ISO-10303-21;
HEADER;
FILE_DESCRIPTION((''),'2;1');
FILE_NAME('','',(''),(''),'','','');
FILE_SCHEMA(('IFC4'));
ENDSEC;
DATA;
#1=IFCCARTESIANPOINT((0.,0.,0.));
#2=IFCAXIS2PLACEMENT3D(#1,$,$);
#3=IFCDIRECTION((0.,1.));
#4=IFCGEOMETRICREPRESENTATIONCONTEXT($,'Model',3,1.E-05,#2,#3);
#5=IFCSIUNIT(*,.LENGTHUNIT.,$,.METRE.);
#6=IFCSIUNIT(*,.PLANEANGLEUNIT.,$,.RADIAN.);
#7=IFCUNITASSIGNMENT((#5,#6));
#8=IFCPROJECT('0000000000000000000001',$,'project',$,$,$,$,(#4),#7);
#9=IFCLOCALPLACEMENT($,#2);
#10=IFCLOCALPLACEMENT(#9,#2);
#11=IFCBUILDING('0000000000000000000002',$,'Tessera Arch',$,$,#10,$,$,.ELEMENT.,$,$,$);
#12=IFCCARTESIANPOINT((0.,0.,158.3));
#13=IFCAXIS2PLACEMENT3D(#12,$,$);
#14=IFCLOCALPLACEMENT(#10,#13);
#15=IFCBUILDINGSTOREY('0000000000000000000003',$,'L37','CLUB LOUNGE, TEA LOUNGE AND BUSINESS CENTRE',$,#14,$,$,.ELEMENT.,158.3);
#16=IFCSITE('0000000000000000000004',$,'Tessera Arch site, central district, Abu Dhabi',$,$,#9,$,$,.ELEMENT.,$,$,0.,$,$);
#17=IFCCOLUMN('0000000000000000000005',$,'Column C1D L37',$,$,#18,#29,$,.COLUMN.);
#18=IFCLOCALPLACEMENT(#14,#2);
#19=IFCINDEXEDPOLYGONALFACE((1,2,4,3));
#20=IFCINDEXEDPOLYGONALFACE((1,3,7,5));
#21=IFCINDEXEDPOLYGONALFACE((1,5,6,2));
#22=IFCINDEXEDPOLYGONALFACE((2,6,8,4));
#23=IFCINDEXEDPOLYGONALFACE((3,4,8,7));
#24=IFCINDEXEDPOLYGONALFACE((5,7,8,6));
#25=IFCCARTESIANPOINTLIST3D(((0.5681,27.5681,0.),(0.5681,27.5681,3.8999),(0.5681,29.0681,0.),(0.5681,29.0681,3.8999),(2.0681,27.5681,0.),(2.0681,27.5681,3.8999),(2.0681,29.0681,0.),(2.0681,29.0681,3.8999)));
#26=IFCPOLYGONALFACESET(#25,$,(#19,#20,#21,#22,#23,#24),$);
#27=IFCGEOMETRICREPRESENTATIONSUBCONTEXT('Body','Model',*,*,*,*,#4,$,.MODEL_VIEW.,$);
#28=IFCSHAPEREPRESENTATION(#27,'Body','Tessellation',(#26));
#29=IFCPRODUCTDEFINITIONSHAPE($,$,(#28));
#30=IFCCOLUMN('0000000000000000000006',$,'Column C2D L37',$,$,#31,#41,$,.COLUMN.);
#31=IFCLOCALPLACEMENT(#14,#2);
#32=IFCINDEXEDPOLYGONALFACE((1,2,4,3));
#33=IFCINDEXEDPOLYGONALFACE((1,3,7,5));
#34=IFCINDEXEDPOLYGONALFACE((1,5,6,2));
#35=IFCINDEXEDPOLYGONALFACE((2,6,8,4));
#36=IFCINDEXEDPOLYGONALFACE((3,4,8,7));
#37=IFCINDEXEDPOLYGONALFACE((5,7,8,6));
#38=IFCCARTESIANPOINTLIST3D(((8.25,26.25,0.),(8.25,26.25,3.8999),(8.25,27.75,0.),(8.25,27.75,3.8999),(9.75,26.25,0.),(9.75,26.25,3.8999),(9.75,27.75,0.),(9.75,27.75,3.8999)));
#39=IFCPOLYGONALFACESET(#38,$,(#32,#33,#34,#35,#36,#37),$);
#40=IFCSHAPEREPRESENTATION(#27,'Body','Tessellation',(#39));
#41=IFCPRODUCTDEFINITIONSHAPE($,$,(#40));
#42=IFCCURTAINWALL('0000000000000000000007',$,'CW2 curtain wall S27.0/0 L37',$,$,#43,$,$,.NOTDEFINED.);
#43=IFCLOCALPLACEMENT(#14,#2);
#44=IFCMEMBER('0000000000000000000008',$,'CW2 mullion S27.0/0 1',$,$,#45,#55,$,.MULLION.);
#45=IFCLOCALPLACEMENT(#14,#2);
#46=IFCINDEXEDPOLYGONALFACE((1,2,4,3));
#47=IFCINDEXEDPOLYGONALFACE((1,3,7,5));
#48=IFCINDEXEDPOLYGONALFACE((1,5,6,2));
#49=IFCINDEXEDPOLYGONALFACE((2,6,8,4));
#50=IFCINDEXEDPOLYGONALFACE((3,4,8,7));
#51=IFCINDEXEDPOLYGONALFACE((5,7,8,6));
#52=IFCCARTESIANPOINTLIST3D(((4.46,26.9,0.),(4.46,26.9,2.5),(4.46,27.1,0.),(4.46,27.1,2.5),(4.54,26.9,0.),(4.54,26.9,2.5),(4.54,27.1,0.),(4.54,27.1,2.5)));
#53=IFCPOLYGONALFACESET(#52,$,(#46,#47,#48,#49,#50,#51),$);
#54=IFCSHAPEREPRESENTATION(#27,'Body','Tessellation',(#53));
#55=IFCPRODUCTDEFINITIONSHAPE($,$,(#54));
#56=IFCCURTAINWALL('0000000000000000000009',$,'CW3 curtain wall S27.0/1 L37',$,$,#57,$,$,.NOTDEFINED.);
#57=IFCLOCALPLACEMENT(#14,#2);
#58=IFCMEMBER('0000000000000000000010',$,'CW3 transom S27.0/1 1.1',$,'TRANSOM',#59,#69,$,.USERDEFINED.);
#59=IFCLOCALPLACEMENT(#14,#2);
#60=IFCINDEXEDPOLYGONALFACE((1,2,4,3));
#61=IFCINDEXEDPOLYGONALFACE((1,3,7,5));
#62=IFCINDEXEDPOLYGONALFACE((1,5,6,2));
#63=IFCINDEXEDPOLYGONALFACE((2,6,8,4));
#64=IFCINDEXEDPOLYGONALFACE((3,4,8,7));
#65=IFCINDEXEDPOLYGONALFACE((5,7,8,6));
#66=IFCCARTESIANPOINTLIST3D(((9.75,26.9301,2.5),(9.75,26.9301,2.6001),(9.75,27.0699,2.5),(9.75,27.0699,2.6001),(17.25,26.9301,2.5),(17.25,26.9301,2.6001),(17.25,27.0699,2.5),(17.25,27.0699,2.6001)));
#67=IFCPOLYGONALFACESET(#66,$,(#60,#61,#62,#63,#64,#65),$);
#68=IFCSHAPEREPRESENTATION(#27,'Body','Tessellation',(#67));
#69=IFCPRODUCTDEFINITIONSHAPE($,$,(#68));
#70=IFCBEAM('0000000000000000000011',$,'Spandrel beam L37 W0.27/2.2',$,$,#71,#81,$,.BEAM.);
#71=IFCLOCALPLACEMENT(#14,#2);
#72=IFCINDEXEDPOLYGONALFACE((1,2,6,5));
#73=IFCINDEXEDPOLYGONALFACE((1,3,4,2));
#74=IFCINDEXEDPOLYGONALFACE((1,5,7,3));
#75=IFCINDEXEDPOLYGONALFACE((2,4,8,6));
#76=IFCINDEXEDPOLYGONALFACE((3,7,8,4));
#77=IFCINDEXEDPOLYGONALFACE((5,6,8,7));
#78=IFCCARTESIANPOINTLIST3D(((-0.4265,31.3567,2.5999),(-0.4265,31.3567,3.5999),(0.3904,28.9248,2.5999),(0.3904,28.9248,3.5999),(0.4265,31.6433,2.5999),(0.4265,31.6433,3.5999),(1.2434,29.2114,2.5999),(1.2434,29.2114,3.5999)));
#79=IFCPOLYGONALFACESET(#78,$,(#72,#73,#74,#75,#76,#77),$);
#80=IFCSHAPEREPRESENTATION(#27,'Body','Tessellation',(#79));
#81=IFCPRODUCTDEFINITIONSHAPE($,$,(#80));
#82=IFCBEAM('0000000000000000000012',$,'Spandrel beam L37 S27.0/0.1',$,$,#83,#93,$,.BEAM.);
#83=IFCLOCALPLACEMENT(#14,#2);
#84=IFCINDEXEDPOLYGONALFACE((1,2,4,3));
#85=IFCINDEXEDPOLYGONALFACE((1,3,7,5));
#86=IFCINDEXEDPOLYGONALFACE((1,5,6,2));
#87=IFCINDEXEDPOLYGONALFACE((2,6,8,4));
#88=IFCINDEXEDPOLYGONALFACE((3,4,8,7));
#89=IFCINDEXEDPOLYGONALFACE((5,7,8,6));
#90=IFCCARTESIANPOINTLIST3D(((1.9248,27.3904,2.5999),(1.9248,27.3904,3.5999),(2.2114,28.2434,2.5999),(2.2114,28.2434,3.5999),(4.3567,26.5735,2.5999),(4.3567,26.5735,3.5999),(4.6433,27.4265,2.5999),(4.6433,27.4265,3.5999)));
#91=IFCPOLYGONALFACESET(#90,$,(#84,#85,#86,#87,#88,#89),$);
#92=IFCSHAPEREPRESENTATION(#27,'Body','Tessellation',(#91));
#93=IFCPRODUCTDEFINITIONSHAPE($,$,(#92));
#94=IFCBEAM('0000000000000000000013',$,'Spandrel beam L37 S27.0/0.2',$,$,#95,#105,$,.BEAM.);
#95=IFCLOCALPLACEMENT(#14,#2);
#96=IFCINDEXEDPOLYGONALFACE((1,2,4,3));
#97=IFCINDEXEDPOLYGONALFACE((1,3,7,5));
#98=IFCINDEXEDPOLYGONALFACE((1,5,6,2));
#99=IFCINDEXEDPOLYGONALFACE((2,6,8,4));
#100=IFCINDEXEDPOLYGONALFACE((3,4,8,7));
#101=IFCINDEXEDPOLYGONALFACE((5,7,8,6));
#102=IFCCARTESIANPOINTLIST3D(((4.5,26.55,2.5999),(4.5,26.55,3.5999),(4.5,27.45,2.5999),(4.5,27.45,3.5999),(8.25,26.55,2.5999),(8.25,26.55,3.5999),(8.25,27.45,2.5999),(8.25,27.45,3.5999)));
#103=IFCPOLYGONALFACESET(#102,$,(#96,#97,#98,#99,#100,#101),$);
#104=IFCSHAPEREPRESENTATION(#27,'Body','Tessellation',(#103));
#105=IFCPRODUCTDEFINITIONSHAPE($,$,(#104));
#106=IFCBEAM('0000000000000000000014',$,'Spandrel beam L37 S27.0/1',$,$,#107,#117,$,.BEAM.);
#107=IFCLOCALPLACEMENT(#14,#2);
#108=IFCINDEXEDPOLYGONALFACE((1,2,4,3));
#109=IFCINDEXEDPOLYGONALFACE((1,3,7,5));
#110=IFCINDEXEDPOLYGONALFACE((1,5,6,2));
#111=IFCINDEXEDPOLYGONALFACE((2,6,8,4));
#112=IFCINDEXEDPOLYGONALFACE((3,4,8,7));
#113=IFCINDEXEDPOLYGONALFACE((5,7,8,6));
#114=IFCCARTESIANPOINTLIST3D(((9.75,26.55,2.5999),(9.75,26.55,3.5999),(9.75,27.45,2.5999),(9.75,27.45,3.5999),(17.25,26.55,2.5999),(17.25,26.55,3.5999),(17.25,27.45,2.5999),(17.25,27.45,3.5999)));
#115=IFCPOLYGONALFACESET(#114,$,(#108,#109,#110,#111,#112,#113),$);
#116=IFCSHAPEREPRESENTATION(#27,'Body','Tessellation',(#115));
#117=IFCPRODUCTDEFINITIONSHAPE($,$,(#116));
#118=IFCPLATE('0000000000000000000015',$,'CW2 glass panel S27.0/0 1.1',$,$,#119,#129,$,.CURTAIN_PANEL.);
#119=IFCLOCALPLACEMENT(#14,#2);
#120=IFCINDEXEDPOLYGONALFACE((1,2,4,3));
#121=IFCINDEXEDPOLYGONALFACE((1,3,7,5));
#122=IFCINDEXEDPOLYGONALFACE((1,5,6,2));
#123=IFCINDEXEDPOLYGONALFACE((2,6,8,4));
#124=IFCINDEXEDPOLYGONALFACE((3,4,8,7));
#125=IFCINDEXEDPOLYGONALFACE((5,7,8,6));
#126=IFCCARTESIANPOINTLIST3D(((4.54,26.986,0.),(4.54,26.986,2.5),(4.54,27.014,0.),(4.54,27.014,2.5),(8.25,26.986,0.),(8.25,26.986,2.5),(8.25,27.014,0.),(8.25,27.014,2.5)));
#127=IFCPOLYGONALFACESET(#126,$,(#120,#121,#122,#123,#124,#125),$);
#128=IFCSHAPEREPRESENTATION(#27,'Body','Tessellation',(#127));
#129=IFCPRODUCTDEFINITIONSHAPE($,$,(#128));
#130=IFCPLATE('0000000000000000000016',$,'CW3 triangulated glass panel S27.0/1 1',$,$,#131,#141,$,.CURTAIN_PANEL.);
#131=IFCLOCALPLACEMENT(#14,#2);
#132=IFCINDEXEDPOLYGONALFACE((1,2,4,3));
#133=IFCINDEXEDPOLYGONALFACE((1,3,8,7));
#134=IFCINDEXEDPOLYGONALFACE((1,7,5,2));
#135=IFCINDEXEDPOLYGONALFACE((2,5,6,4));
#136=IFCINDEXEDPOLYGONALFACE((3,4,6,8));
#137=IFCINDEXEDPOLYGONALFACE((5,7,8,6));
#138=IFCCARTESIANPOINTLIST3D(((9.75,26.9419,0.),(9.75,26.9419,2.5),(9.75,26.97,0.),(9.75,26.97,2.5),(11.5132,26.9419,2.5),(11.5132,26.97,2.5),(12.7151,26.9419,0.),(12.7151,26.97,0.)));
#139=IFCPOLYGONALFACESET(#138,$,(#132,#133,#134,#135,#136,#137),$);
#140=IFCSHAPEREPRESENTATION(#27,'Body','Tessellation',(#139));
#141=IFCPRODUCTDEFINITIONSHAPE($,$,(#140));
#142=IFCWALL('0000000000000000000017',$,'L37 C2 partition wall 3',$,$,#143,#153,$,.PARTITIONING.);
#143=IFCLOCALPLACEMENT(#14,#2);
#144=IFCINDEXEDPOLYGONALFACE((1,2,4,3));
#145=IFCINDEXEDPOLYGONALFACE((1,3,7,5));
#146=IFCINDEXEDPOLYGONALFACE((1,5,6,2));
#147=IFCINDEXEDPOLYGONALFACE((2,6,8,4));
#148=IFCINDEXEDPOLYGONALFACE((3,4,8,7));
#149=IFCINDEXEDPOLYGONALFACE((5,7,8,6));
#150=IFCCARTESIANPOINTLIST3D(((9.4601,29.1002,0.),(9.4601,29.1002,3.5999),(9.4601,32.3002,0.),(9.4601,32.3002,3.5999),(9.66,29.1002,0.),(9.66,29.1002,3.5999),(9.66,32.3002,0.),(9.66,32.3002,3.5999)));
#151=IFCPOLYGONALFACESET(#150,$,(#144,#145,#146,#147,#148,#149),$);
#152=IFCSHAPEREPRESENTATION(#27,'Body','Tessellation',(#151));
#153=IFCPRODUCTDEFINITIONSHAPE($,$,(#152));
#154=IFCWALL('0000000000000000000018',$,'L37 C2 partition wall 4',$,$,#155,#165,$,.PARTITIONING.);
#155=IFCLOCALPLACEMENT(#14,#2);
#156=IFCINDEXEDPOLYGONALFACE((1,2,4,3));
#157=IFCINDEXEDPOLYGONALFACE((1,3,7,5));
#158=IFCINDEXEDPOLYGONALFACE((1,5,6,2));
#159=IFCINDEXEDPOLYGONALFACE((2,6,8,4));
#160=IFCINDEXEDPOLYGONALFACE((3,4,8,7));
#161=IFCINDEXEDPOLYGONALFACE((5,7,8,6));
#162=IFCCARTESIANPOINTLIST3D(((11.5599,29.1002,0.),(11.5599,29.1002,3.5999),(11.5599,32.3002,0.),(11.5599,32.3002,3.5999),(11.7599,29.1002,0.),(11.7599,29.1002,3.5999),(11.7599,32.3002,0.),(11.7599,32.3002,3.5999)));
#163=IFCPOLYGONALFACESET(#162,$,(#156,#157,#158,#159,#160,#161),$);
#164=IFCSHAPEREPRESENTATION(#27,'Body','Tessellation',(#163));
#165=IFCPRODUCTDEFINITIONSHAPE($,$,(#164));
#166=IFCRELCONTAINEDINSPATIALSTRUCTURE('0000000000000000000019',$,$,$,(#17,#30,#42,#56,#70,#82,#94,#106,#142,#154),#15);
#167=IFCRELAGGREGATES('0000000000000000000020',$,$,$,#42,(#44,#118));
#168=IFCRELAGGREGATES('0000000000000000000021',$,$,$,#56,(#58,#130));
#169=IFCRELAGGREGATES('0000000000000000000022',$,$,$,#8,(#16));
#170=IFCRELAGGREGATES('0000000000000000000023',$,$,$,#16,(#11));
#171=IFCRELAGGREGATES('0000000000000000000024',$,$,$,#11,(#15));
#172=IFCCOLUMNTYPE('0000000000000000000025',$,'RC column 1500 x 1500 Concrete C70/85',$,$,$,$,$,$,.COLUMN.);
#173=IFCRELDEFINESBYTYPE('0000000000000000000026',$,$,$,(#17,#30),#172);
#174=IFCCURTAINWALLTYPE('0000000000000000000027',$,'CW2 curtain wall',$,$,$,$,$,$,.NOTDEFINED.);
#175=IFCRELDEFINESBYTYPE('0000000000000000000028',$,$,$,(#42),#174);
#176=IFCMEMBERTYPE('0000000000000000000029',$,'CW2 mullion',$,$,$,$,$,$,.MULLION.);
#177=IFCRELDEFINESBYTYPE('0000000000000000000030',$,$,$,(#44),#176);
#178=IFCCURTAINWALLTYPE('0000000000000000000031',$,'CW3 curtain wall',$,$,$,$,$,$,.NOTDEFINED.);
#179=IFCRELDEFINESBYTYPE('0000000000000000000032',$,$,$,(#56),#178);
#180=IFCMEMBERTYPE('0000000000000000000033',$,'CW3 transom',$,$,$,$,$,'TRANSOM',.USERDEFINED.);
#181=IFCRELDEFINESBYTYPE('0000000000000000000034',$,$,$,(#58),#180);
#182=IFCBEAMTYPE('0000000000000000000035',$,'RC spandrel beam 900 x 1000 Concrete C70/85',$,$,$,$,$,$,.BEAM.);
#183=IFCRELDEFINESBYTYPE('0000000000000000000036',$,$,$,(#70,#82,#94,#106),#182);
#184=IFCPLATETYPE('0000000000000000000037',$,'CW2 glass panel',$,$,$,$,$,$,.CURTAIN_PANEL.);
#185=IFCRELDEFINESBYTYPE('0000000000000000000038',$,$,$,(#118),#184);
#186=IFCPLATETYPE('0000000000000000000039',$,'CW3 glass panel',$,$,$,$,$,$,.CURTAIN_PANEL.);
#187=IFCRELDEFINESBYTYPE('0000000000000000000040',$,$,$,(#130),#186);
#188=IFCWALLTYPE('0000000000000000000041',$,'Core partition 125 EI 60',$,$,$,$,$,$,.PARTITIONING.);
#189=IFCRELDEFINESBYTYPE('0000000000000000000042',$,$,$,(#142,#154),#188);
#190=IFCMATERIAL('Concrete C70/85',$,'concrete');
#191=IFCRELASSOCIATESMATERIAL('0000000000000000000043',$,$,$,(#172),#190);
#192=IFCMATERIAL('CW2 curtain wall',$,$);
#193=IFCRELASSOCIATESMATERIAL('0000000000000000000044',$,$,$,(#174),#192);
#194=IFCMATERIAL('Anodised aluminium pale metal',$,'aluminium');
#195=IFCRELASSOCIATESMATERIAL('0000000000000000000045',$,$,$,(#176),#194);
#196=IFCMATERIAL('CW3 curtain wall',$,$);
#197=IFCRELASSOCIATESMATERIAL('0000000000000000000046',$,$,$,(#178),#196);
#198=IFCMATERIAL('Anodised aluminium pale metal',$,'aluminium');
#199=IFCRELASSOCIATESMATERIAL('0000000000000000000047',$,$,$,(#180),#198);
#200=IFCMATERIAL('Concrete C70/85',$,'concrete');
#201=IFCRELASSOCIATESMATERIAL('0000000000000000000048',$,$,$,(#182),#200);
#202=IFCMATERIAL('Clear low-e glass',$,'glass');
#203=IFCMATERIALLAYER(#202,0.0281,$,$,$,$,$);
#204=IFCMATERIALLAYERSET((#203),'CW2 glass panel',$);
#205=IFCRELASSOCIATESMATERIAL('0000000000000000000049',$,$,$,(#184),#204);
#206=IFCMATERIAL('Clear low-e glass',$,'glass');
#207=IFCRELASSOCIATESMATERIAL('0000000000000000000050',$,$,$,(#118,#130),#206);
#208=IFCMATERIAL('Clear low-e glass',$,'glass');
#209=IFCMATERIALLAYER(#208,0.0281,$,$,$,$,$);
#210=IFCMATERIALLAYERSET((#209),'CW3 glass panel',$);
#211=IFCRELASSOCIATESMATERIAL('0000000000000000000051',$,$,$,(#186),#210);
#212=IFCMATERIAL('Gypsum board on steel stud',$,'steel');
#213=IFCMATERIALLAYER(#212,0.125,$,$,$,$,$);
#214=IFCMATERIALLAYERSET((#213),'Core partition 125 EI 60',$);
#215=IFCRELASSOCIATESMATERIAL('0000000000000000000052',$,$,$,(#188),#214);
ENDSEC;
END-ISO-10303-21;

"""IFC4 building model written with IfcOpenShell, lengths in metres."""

from ifc_helpers import new_model, si_unit, direction, frame, frame_2d, origin, origin_2d, place, context, subcontext, project, spatial, polyline, rectangle, outline, extrude, material, layer, layer_set, material_profile, profile_set, type_object, element, aggregate, save


model = new_model("IFC4")

# Units and contexts
model_context = context("Model", 3, precision=1e-05, world=origin(), true_north=direction((0.0, 1.0)))
body_context = subcontext(model_context, "Body", "Model", "MODEL_VIEW")
ifc_project = project(units=[si_unit("LENGTHUNIT", "METRE"), si_unit("PLANEANGLEUNIT", "RADIAN")], contexts=[model_context])

# Site, building, storey
site_placement = place(None, origin())
site = spatial("IfcSite", under=ifc_project, at=site_placement, Name="Tessera Arch site, central district, Abu Dhabi", CompositionType="ELEMENT", RefElevation=0.0)
building_placement = place(site_placement, origin())
building = spatial("IfcBuilding", under=site, at=building_placement, Name="Tessera Arch", CompositionType="ELEMENT")
storey_placement = place(building_placement, frame((0.0, 0.0, 158.3)))
storey = spatial("IfcBuildingStorey", under=building, at=storey_placement, Name="L37", Description="CLUB LOUNGE, TEA LOUNGE AND BUSINESS CENTRE", CompositionType="ELEMENT", Elevation=158.3)

# Columns
ifc_material_1 = material(Name="Concrete C70/85", Category="concrete")
ifc_material_profile_1 = material_profile(ifc_material_1, rectangle(XDim=1.5, YDim=1.5, at=origin_2d()), Name="RC column 1500 x 1500 Concrete C70/85")
ifc_profile_set_1 = profile_set([ifc_material_profile_1], Name="Concrete C70/85")
column_type = type_object("IfcColumnType", Name="RC column 1500 x 1500 Concrete C70/85", PredefinedType="COLUMN", material=ifc_profile_set_1)
for number, where, z_axis, x_axis, name in (
    (1, (1.3181, 28.3181, 0.0), (0.0, 0.0, 1.0), (1.0, 0.0, 0.0), "Column C1D L37"),
    (2, (9.0, 27.0, 0.0), (0.0, 0.0, 1.0), (1.0, 0.0, 0.0), "Column C2D L37"),
):
    element("IfcColumn", number, at=place(storey_placement, frame(where, z_axis=z_axis, x_axis=x_axis)), inside=storey, type_object=column_type, Name=name, PredefinedType="COLUMN", context=body_context, shape_type="SweptSolid", body=[
        extrude(rectangle(XDim=1.5, YDim=1.5, at=origin_2d()), origin(), (0.0, 0.0, 1.0), 3.8999),
    ])

# Curtain walls, members
ifc_material_2 = material(Name="CW2 curtain wall")
curtain_wall_type_1 = type_object("IfcCurtainWallType", Name="CW2 curtain wall", PredefinedType="NOTDEFINED", material=ifc_material_2)
curtain_wall_1_placement = place(storey_placement, origin())
curtain_wall_1 = element("IfcCurtainWall", 3, at=curtain_wall_1_placement, inside=storey, type_object=curtain_wall_type_1, Name="CW2 curtain wall S27.0/0 L37", PredefinedType="NOTDEFINED")
ifc_material_3 = material(Name="Anodised aluminium pale metal", Category="aluminium")
ifc_material_profile_2 = material_profile(ifc_material_3, rectangle(XDim=0.2, YDim=0.0801, at=origin_2d()), Name="AL 80x200")
ifc_profile_set_2 = profile_set([ifc_material_profile_2], Name="Anodised aluminium pale metal")
member_type_1 = type_object("IfcMemberType", Name="CW2 mullion", PredefinedType="MULLION", material=ifc_profile_set_2)
member_1_placement = place(storey_placement, frame((4.5, 27.0, 0.0), z_axis=(0.0, 0.0, 1.0), x_axis=(0.0, 1.0, 0.0)))
member_1 = element("IfcMember", 4, at=member_1_placement, type_object=member_type_1, Name="CW2 mullion S27.0/0 1", PredefinedType="MULLION", context=body_context, shape_type="SweptSolid", body=[
    extrude(rectangle(XDim=0.2, YDim=0.0801, at=origin_2d()), origin(), (0.0, 0.0, 1.0), 2.5),
])
ifc_material_4 = material(Name="CW3 curtain wall")
curtain_wall_type_2 = type_object("IfcCurtainWallType", Name="CW3 curtain wall", PredefinedType="NOTDEFINED", material=ifc_material_4)
curtain_wall_2_placement = place(storey_placement, origin())
curtain_wall_2 = element("IfcCurtainWall", 5, at=curtain_wall_2_placement, inside=storey, type_object=curtain_wall_type_2, Name="CW3 curtain wall S27.0/1 L37", PredefinedType="NOTDEFINED")
ifc_material_5 = material(Name="Anodised aluminium pale metal", Category="aluminium")
ifc_material_profile_3 = material_profile(ifc_material_5, rectangle(XDim=0.1399, YDim=0.1001, at=origin_2d()), Name="AL 140x100")
ifc_profile_set_3 = profile_set([ifc_material_profile_3], Name="Anodised aluminium pale metal")
member_type_2 = type_object("IfcMemberType", Name="CW3 transom", ElementType="TRANSOM", PredefinedType="USERDEFINED", material=ifc_profile_set_3)
member_2_placement = place(storey_placement, frame((9.75, 27.0, 2.55), z_axis=(1.0, 0.0, 0.0), x_axis=(0.0, 1.0, 0.0)))
member_2 = element("IfcMember", 6, at=member_2_placement, type_object=member_type_2, Name="CW3 transom S27.0/1 1.1", ObjectType="TRANSOM", PredefinedType="USERDEFINED", context=body_context, shape_type="SweptSolid", body=[
    extrude(rectangle(XDim=0.1399, YDim=0.1001, at=origin_2d()), origin(), (0.0, 0.0, 1.0), 7.5),
])

# Beams
ifc_material_6 = material(Name="Concrete C70/85", Category="concrete")
ifc_material_profile_4 = material_profile(ifc_material_6, rectangle(XDim=0.8999, YDim=1.0, at=origin_2d()), Name="RC spandrel beam 900 x 1000 Concrete C70/85")
ifc_profile_set_4 = profile_set([ifc_material_profile_4], Name="Concrete C70/85")
beam_type = type_object("IfcBeamType", Name="RC spandrel beam 900 x 1000 Concrete C70/85", PredefinedType="BEAM", material=ifc_profile_set_4)
for number, where, z_axis, x_axis, name in (
    (7, (0.0, 31.5, 3.0999), (0.318425, -0.947948, 0.0), (0.947948, 0.318425, 0.0), "Spandrel beam L37 W0.27/2.2"),
    (8, (2.0681, 27.8169, 3.0999), (0.947948, -0.318425, 0.0), (0.318425, 0.947948, 0.0), "Spandrel beam L37 S27.0/0.1"),
):
    element("IfcBeam", number, at=place(storey_placement, frame(where, z_axis=z_axis, x_axis=x_axis)), inside=storey, type_object=beam_type, Name=name, PredefinedType="BEAM", context=body_context, shape_type="SweptSolid", body=[
        extrude(rectangle(XDim=0.8999, YDim=1.0, at=origin_2d()), origin(), (0.0, 0.0, 1.0), 2.5654),
    ])
beam_1_placement = place(storey_placement, frame((4.5, 27.0, 3.0999), z_axis=(1.0, 0.0, 0.0), x_axis=(0.0, 1.0, 0.0)))
element("IfcBeam", 9, at=beam_1_placement, inside=storey, type_object=beam_type, Name="Spandrel beam L37 S27.0/0.2", PredefinedType="BEAM", context=body_context, shape_type="SweptSolid", body=[
    extrude(rectangle(XDim=0.8999, YDim=1.0, at=origin_2d()), origin(), (0.0, 0.0, 1.0), 3.75),
])
beam_2_placement = place(storey_placement, frame((9.75, 27.0, 3.0999), z_axis=(1.0, 0.0, 0.0), x_axis=(0.0, 1.0, 0.0)))
element("IfcBeam", 10, at=beam_2_placement, inside=storey, type_object=beam_type, Name="Spandrel beam L37 S27.0/1", PredefinedType="BEAM", context=body_context, shape_type="SweptSolid", body=[
    extrude(rectangle(XDim=0.8999, YDim=1.0, at=origin_2d()), origin(), (0.0, 0.0, 1.0), 7.5),
])

# Plates
ifc_material_7 = material(Name="Clear low-e glass", Category="glass")
ifc_material_8 = material(Name="Clear low-e glass", Category="glass")
ifc_layer_1 = layer(ifc_material_8, 0.0281)
ifc_layer_set_1 = layer_set([ifc_layer_1], Name="CW2 glass panel")
plate_type_1 = type_object("IfcPlateType", Name="CW2 glass panel", PredefinedType="CURTAIN_PANEL", material=ifc_layer_set_1)
plate_1_placement = place(storey_placement, frame((6.395, 27.0, 0.0), z_axis=(0.0, 0.0, 1.0), x_axis=(1.0, 0.0, 0.0)))
plate_1 = element("IfcPlate", 11, at=plate_1_placement, type_object=plate_type_1, material=ifc_material_7, Name="CW2 glass panel S27.0/0 1.1", PredefinedType="CURTAIN_PANEL", context=body_context, shape_type="SweptSolid", body=[
    extrude(rectangle(XDim=3.71, YDim=0.0281, at=origin_2d()), origin(), (0.0, 0.0, 1.0), 2.5),
])
aggregate(curtain_wall_1, [member_1, plate_1])
ifc_material_9 = material(Name="Clear low-e glass", Category="glass")
ifc_layer_2 = layer(ifc_material_9, 0.0281)
ifc_layer_set_2 = layer_set([ifc_layer_2], Name="CW3 glass panel")
plate_type_2 = type_object("IfcPlateType", Name="CW3 glass panel", PredefinedType="CURTAIN_PANEL", material=ifc_layer_set_2)
plate_2_placement = place(storey_placement, frame((9.75, 26.9419, 0.0), z_axis=(0.0, -1.0, 0.0), x_axis=(1.0, 0.0, 0.0)))
plate_2 = element("IfcPlate", 12, at=plate_2_placement, type_object=plate_type_2, material=ifc_material_7, Name="CW3 triangulated glass panel S27.0/1 1", PredefinedType="CURTAIN_PANEL", context=body_context, shape_type="SweptSolid", body=[
    extrude(outline(polyline([(0.0, 0.0), (2.9651, 0.0), (1.7632, 2.5), (0.0, 2.5), (0.0, 0.0)])), origin(), (0.0, 0.0, -1.0), 0.0281),
])
aggregate(curtain_wall_2, [member_2, plate_2])

# Walls
ifc_material_10 = material(Name="Gypsum board on steel stud", Category="steel")
ifc_layer_3 = layer(ifc_material_10, 0.125)
ifc_layer_set_3 = layer_set([ifc_layer_3], Name="Core partition 125 EI 60")
wall_type_1 = type_object("IfcWallType", Name="Core partition 125 EI 60", PredefinedType="PARTITIONING", material=ifc_layer_set_3)
for number, where, z_axis, x_axis, name in (
    (13, (9.5601, 29.1001, 0.0), (0.0, 0.0, 1.0), (0.0, 1.0, 0.0), "L37 C2 partition wall 3"),
    (14, (11.6599, 29.1001, 0.0), (0.0, 0.0, 1.0), (0.0, 1.0, 0.0), "L37 C2 partition wall 4"),
):
    element("IfcWall", number, at=place(storey_placement, frame(where, z_axis=z_axis, x_axis=x_axis)), inside=storey, type_object=wall_type_1, Name=name, PredefinedType="PARTITIONING", context=body_context, shape_type="SweptSolid", body=[
        extrude(rectangle(XDim=3.2, YDim=0.2, at=frame_2d((1.6001, 0.0))), origin(), (0.0, 0.0, 1.0), 3.5999),
    ])

save(model, "model.ifc")
